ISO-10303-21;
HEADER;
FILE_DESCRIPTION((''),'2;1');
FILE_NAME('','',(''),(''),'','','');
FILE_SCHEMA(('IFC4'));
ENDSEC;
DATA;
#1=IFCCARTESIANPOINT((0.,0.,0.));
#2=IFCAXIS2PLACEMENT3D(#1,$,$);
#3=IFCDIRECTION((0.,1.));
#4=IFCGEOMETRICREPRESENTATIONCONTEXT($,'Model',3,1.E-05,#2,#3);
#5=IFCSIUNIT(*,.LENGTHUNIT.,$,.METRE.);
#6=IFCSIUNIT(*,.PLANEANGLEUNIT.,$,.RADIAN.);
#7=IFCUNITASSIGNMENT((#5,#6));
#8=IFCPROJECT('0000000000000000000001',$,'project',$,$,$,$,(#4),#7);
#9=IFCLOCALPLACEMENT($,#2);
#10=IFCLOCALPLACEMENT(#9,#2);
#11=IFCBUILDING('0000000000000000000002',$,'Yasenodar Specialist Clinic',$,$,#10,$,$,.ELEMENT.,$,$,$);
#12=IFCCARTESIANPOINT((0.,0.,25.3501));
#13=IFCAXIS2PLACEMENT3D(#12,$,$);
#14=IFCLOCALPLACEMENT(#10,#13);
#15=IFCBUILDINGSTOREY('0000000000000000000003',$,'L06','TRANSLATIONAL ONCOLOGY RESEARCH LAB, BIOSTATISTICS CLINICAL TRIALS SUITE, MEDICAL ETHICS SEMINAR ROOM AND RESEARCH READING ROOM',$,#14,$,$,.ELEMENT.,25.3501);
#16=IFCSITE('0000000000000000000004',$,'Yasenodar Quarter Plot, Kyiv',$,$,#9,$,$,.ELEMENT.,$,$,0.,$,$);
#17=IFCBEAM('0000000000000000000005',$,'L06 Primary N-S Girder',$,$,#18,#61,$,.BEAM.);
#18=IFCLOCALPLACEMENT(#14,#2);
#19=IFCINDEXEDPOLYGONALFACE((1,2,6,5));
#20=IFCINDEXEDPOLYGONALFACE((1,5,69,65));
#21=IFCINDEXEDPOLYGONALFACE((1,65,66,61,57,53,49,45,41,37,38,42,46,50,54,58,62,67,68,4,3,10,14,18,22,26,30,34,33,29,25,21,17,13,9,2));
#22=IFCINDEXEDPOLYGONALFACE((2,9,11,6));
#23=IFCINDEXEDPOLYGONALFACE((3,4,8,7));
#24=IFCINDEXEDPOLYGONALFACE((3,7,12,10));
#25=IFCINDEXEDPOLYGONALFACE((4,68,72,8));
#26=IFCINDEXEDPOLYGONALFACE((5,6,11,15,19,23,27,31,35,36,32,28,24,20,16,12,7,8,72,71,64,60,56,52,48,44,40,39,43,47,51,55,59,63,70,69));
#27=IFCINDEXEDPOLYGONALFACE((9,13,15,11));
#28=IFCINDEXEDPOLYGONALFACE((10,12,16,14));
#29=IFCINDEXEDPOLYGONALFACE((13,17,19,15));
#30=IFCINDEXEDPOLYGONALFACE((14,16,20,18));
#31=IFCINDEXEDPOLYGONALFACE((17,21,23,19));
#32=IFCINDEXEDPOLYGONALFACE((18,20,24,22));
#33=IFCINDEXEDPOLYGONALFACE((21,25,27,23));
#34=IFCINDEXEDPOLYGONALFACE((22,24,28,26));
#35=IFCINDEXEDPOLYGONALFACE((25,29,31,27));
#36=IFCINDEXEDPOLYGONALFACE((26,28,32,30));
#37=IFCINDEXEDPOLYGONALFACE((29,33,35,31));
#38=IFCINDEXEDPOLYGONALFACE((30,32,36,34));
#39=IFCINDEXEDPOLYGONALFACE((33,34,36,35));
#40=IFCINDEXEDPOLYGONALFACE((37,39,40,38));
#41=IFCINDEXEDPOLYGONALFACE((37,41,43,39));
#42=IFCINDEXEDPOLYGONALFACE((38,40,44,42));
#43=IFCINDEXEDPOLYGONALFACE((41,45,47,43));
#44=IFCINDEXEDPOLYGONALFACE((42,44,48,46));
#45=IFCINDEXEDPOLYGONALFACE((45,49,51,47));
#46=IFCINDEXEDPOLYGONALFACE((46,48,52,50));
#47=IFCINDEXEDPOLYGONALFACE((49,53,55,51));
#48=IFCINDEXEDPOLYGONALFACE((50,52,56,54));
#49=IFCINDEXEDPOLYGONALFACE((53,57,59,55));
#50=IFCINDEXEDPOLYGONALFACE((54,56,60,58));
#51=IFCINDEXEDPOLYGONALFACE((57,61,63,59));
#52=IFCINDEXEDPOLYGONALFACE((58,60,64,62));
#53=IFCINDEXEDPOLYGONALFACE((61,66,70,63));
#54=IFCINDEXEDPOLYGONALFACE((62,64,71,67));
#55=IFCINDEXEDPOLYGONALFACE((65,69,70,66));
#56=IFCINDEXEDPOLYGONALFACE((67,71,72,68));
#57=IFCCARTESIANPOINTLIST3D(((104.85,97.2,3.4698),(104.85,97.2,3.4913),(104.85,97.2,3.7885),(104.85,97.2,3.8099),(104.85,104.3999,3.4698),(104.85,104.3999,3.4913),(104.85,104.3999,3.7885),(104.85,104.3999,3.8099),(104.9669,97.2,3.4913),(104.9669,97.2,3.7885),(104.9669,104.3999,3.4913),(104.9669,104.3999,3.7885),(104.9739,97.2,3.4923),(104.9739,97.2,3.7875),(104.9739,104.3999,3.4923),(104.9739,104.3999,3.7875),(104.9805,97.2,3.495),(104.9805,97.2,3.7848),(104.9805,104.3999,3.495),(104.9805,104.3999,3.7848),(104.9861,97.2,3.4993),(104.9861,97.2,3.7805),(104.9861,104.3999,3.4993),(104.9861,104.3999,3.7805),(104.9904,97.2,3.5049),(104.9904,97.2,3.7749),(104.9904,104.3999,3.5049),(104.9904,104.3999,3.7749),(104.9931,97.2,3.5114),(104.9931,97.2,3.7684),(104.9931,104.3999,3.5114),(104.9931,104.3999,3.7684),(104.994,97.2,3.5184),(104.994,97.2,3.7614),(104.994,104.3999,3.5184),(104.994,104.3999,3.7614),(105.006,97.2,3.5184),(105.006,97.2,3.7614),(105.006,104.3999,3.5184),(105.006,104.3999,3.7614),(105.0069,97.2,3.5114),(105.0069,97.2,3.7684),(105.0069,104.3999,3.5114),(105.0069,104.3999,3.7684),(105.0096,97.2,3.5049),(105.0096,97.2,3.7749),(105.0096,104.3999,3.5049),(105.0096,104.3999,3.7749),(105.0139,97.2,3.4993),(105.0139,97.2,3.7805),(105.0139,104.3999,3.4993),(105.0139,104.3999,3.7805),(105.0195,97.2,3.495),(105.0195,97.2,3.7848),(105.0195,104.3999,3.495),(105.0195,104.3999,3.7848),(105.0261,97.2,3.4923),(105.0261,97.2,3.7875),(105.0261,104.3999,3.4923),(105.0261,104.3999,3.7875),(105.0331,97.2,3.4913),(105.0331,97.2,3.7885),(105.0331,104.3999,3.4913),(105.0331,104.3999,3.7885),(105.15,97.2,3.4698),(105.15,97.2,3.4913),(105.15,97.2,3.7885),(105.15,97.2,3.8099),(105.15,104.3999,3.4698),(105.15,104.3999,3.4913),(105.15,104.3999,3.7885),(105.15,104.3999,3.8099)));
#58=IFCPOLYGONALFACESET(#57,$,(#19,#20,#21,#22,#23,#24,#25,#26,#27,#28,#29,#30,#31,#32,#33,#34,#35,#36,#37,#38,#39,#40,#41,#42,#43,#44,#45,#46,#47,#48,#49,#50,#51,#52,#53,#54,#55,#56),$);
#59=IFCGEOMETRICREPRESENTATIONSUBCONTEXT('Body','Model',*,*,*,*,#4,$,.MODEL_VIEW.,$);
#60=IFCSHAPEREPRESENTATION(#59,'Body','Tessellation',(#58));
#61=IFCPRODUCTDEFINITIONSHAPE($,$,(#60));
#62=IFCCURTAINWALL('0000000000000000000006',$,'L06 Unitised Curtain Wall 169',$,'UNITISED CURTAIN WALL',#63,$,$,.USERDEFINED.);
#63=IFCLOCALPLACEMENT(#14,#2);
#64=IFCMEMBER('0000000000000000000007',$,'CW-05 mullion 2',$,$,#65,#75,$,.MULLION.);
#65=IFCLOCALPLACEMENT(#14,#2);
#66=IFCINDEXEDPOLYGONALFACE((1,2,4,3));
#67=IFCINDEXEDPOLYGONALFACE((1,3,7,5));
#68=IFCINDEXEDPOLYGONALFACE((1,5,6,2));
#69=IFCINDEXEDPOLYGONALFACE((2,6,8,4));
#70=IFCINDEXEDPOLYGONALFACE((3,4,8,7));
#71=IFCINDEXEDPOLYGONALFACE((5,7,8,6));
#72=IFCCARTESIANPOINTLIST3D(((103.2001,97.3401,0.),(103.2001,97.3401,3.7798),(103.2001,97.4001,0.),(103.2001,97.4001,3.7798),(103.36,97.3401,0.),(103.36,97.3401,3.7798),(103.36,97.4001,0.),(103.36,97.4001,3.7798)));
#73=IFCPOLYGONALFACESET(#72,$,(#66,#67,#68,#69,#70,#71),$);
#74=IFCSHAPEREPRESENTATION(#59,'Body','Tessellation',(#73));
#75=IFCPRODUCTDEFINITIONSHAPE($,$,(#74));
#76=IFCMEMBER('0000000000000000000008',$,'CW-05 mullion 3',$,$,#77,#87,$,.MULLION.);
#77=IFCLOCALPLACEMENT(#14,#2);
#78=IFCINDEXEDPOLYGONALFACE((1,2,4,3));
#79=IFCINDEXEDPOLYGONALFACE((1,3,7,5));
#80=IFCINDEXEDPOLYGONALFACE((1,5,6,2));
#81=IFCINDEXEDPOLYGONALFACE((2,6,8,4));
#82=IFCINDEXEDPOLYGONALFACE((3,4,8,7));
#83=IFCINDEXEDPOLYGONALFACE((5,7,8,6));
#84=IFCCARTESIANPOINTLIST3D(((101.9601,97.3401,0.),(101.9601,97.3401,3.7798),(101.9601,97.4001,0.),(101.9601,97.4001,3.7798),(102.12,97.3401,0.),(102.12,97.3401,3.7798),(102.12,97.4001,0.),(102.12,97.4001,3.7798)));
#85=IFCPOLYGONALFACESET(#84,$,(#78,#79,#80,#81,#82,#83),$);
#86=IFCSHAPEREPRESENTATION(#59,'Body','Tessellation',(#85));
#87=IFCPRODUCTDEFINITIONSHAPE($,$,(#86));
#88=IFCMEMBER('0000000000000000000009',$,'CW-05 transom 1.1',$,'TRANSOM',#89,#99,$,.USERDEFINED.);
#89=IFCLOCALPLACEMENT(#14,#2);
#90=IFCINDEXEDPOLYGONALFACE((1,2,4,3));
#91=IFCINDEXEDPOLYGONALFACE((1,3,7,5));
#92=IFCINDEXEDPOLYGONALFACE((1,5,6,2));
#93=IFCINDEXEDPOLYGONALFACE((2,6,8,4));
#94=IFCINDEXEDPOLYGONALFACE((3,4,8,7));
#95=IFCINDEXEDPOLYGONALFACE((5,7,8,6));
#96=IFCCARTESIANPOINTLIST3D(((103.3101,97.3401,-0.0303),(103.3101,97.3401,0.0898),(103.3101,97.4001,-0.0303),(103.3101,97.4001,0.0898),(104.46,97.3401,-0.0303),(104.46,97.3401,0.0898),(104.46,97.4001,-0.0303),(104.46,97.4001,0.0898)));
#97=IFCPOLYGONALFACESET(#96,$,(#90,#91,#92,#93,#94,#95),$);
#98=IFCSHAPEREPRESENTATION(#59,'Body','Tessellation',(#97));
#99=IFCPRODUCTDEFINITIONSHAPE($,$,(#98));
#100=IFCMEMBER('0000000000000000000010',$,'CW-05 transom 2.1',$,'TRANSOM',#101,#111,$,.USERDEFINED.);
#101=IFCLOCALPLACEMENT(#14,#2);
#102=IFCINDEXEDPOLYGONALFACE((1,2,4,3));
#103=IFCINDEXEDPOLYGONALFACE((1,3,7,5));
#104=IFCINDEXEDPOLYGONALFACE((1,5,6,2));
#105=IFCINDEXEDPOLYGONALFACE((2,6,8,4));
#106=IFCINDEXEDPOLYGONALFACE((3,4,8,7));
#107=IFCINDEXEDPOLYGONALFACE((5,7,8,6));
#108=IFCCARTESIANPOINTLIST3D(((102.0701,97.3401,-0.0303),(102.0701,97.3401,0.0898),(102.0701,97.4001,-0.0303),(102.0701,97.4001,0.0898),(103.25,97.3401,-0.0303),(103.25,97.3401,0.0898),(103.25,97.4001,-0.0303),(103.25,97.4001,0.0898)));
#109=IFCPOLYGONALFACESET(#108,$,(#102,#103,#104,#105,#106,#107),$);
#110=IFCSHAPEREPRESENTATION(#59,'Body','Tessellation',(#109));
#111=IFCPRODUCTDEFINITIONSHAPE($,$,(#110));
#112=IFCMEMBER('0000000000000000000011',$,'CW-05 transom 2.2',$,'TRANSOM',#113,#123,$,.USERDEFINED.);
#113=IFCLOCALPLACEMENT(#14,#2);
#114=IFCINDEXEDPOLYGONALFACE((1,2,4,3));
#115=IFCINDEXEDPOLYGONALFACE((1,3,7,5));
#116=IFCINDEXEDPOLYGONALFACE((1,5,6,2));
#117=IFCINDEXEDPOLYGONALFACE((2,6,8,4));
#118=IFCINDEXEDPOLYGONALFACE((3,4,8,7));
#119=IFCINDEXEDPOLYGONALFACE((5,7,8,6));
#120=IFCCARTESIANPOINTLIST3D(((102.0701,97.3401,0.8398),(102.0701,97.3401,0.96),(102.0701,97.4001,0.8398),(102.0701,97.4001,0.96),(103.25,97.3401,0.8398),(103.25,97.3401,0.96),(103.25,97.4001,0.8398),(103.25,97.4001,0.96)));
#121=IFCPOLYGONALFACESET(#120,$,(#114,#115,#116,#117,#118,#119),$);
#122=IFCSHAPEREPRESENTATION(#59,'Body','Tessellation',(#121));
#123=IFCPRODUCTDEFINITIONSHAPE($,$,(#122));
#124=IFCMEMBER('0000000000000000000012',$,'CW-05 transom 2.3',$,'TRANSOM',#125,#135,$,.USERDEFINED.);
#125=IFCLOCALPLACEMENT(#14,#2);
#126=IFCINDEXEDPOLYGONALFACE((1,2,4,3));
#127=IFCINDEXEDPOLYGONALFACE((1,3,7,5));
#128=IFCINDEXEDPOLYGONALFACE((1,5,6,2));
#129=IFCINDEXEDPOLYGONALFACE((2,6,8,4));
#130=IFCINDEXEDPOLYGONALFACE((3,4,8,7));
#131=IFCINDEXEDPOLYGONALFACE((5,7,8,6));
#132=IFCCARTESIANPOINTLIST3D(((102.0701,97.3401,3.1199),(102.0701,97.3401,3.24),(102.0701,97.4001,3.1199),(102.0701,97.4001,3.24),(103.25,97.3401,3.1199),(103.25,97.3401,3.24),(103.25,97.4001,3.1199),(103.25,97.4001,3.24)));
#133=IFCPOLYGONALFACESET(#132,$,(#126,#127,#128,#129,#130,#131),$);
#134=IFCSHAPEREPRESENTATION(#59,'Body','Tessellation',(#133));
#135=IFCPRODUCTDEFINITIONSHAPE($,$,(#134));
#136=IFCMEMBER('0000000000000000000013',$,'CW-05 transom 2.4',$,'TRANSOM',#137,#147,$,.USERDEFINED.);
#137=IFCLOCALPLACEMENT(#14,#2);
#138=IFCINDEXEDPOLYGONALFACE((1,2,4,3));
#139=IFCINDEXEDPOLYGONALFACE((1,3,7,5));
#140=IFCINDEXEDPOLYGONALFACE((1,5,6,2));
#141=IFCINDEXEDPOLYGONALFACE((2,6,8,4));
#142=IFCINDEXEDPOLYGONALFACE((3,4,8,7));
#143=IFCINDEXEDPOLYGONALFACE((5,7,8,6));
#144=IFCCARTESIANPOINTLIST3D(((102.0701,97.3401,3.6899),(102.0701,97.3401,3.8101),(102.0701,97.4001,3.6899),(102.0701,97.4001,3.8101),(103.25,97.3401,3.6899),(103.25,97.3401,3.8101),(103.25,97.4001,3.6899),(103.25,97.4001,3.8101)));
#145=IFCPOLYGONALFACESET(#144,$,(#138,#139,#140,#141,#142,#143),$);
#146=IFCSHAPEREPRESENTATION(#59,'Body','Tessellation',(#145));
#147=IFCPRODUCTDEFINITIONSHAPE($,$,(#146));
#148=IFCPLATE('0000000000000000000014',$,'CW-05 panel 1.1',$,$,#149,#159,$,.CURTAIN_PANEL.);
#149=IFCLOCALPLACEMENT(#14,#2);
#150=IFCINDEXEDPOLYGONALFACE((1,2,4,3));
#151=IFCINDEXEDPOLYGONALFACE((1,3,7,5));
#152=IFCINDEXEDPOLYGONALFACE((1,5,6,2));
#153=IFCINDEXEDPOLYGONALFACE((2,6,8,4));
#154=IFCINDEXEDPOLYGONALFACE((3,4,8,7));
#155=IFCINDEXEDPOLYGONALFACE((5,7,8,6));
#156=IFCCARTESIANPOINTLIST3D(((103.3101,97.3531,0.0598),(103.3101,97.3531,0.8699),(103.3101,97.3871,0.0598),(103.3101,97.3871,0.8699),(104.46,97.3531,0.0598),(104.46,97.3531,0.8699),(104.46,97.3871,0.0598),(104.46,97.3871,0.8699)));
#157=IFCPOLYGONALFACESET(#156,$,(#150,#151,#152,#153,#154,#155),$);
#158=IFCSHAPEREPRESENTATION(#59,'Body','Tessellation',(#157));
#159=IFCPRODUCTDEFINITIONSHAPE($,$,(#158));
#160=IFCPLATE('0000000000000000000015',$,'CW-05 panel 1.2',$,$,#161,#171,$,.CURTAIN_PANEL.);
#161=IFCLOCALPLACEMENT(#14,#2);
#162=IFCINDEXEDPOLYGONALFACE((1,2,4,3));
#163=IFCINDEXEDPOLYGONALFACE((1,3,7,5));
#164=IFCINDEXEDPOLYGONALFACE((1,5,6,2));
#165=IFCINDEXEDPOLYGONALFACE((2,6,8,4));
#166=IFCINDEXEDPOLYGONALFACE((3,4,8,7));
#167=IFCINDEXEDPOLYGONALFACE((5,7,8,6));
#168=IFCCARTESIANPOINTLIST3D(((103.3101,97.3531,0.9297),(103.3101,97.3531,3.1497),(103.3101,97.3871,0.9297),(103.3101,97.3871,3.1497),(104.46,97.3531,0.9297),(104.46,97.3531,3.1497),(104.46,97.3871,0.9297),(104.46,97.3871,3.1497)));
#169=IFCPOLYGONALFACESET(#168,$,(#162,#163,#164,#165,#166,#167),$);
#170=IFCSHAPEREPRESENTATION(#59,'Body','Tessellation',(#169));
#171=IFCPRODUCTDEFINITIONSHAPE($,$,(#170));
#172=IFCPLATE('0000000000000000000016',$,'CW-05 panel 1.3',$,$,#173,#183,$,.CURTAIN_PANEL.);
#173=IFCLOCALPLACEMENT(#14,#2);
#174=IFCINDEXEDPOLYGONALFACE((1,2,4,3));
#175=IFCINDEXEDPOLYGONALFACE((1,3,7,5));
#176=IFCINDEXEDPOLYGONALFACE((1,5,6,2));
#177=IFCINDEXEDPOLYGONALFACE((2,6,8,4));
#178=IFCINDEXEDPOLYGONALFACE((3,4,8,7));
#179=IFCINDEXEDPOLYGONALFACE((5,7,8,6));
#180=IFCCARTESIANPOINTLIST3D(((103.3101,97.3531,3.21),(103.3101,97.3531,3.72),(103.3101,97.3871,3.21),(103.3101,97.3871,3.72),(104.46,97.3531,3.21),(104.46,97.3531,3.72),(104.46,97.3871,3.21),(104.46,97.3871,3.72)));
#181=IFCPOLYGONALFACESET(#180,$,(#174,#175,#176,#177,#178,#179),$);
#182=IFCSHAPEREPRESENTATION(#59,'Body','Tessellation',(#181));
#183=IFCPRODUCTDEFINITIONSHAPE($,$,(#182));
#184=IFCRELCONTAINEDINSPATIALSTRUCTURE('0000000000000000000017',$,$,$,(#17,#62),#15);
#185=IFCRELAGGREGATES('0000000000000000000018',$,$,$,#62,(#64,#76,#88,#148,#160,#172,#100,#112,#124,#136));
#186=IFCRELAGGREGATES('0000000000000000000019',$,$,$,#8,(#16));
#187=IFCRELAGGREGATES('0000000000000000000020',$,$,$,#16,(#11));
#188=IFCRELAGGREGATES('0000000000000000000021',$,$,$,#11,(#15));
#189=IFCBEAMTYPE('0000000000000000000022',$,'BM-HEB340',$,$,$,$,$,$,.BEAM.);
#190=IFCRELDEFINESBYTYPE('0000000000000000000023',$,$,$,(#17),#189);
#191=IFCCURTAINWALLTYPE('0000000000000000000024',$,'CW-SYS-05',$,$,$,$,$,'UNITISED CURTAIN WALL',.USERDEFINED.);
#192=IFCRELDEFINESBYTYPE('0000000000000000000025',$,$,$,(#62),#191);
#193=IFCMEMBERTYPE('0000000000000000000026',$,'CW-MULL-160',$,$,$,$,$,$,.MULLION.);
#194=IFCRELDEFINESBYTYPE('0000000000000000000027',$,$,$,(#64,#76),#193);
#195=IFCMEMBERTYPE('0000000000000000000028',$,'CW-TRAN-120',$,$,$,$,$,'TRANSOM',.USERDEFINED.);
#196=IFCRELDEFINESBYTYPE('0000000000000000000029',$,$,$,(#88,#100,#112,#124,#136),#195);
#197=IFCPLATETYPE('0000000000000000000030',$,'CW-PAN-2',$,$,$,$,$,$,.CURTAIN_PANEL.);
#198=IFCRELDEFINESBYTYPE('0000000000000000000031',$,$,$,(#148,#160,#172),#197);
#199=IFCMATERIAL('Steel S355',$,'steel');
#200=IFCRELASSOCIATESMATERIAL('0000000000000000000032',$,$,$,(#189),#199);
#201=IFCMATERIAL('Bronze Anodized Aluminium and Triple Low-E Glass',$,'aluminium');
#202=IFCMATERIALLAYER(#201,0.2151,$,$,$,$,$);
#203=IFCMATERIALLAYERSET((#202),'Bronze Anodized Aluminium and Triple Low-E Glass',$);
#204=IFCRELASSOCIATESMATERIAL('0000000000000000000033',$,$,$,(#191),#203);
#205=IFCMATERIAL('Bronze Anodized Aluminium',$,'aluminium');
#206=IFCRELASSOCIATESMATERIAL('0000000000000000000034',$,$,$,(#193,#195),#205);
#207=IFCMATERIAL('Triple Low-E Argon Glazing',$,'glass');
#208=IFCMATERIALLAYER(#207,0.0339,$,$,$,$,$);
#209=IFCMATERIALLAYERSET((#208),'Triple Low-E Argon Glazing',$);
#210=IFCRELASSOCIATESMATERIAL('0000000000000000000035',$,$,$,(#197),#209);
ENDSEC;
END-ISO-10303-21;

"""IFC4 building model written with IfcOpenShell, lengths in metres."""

from ifc_helpers import new_model, si_unit, direction, frame, origin, origin_2d, place, context, subcontext, project, spatial, rectangle, i_section, extrude, material, layer, layer_set, material_profile, profile_set, type_object, element, aggregate, save


model = new_model("IFC4")

# Units and contexts
model_context = context("Model", 3, precision=1e-05, world=origin(), true_north=direction((0.0, 1.0)))
body_context = subcontext(model_context, "Body", "Model", "MODEL_VIEW")
ifc_project = project(units=[si_unit("LENGTHUNIT", "METRE"), si_unit("PLANEANGLEUNIT", "RADIAN")], contexts=[model_context])

# Site, building, storey
site_placement = place(None, origin())
site = spatial("IfcSite", under=ifc_project, at=site_placement, Name="Yasenodar Quarter Plot, Kyiv", CompositionType="ELEMENT", RefElevation=0.0)
building_placement = place(site_placement, origin())
building = spatial("IfcBuilding", under=site, at=building_placement, Name="Yasenodar Specialist Clinic", CompositionType="ELEMENT")
storey_placement = place(building_placement, frame((0.0, 0.0, 25.3501)))
storey = spatial("IfcBuildingStorey", under=building, at=storey_placement, Name="L06", Description="TRANSLATIONAL ONCOLOGY RESEARCH LAB, BIOSTATISTICS CLINICAL TRIALS SUITE, MEDICAL ETHICS SEMINAR ROOM AND RESEARCH READING ROOM", CompositionType="ELEMENT", Elevation=25.3501)

# Shared definitions
ifc_material_1 = material(Name="Steel S355", Category="steel")

# Beam
ifc_material_profile_1 = material_profile(ifc_material_1, i_section(OverallWidth=0.3, OverallDepth=0.3401, WebThickness=0.012, FlangeThickness=0.0215, FilletRadius=0.0271, at=origin_2d()), Name="HEB 340")
ifc_profile_set_1 = profile_set([ifc_material_profile_1], Name="Steel S355")
beam_type_1 = type_object("IfcBeamType", Name="BM-HEB340", PredefinedType="BEAM", material=ifc_profile_set_1)
beam_1_placement = place(storey_placement, frame((105.0, 97.2, 3.6399), z_axis=(0.0, 1.0, 0.0), x_axis=(-1.0, 0.0, 0.0)))
element("IfcBeam", 1, at=beam_1_placement, inside=storey, type_object=beam_type_1, Name="L06 Primary N-S Girder", PredefinedType="BEAM", context=body_context, shape_type="SweptSolid", body=[
    extrude(i_section(OverallWidth=0.3, OverallDepth=0.3401, WebThickness=0.012, FlangeThickness=0.0215, FilletRadius=0.0271, at=origin_2d()), origin(), (0.0, 0.0, 1.0), 7.2),
])

# Curtain wall, members, plates
ifc_material_2 = material(Name="Bronze Anodized Aluminium and Triple Low-E Glass", Category="aluminium")
ifc_layer_1 = layer(ifc_material_2, 0.2151)
ifc_layer_set_1 = layer_set([ifc_layer_1], Name="Bronze Anodized Aluminium and Triple Low-E Glass")
curtain_wall_type = type_object("IfcCurtainWallType", Name="CW-SYS-05", ElementType="UNITISED CURTAIN WALL", PredefinedType="USERDEFINED", material=ifc_layer_set_1)
curtain_wall_placement = place(storey_placement, origin())
curtain_wall = element("IfcCurtainWall", 2, at=curtain_wall_placement, inside=storey, type_object=curtain_wall_type, Name="L06 Unitised Curtain Wall 169", ObjectType="UNITISED CURTAIN WALL", PredefinedType="USERDEFINED")
ifc_material_3 = material(Name="Bronze Anodized Aluminium", Category="aluminium")
ifc_material_profile_2 = material_profile(ifc_material_3, rectangle(XDim=0.0601, YDim=0.1599, at=origin_2d()), Name="CW-MULL 60x160")
ifc_profile_set_2 = profile_set([ifc_material_profile_2], Name="Bronze Anodized Aluminium")
member_type_1 = type_object("IfcMemberType", Name="CW-MULL-160", PredefinedType="MULLION", material=ifc_profile_set_2)
member_1_placement = place(storey_placement, frame((103.28, 97.3701, 0.0), z_axis=(0.0, 0.0, 1.0), x_axis=(0.0, -1.0, 0.0)))
member_1 = element("IfcMember", 3, at=member_1_placement, type_object=member_type_1, Name="CW-05 mullion 2", PredefinedType="MULLION", context=body_context, shape_type="SweptSolid", body=[
    extrude(rectangle(XDim=0.0601, YDim=0.1599, at=origin_2d()), origin(), (0.0, 0.0, 1.0), 3.7798),
])
member_2_placement = place(storey_placement, frame((102.04, 97.3701, 0.0), z_axis=(0.0, 0.0, 1.0), x_axis=(0.0, -1.0, 0.0)))
member_2 = element("IfcMember", 4, at=member_2_placement, type_object=member_type_1, Name="CW-05 mullion 3", PredefinedType="MULLION", context=body_context, shape_type="SweptSolid", body=[
    extrude(rectangle(XDim=0.0601, YDim=0.1599, at=origin_2d()), origin(), (0.0, 0.0, 1.0), 3.7798),
])
ifc_material_profile_3 = material_profile(ifc_material_3, rectangle(XDim=0.0601, YDim=0.1201, at=origin_2d()), Name="CW-TRAN 60x120")
ifc_profile_set_3 = profile_set([ifc_material_profile_3], Name="Bronze Anodized Aluminium")
member_type_2 = type_object("IfcMemberType", Name="CW-TRAN-120", ElementType="TRANSOM", PredefinedType="USERDEFINED", material=ifc_profile_set_3)
member_3_placement = place(storey_placement, frame((104.46, 97.3701, 0.0298), z_axis=(-1.0, 0.0, 0.0), x_axis=(0.0, -1.0, 0.0)))
member_3 = element("IfcMember", 5, at=member_3_placement, type_object=member_type_2, Name="CW-05 transom 1.1", ObjectType="TRANSOM", PredefinedType="USERDEFINED", context=body_context, shape_type="SweptSolid", body=[
    extrude(rectangle(XDim=0.0601, YDim=0.1201, at=origin_2d()), origin(), (0.0, 0.0, 1.0), 1.1499),
])
member_4_placement = place(storey_placement, frame((103.25, 97.3701, 0.0298), z_axis=(-1.0, 0.0, 0.0), x_axis=(0.0, -1.0, 0.0)))
member_4 = element("IfcMember", 6, at=member_4_placement, type_object=member_type_2, Name="CW-05 transom 2.1", ObjectType="TRANSOM", PredefinedType="USERDEFINED", context=body_context, shape_type="SweptSolid", body=[
    extrude(rectangle(XDim=0.0601, YDim=0.1201, at=origin_2d()), origin(), (0.0, 0.0, 1.0), 1.1799),
])
member_5_placement = place(storey_placement, frame((103.25, 97.3701, 0.8999), z_axis=(-1.0, 0.0, 0.0), x_axis=(0.0, -1.0, 0.0)))
member_5 = element("IfcMember", 7, at=member_5_placement, type_object=member_type_2, Name="CW-05 transom 2.2", ObjectType="TRANSOM", PredefinedType="USERDEFINED", context=body_context, shape_type="SweptSolid", body=[
    extrude(rectangle(XDim=0.0601, YDim=0.1201, at=origin_2d()), origin(), (0.0, 0.0, 1.0), 1.1799),
])
member_6_placement = place(storey_placement, frame((103.25, 97.3701, 3.1799), z_axis=(-1.0, 0.0, 0.0), x_axis=(0.0, -1.0, 0.0)))
member_6 = element("IfcMember", 8, at=member_6_placement, type_object=member_type_2, Name="CW-05 transom 2.3", ObjectType="TRANSOM", PredefinedType="USERDEFINED", context=body_context, shape_type="SweptSolid", body=[
    extrude(rectangle(XDim=0.0601, YDim=0.1201, at=origin_2d()), origin(), (0.0, 0.0, 1.0), 1.1799),
])
member_7_placement = place(storey_placement, frame((103.25, 97.3701, 3.75), z_axis=(-1.0, 0.0, 0.0), x_axis=(0.0, -1.0, 0.0)))
member_7 = element("IfcMember", 9, at=member_7_placement, type_object=member_type_2, Name="CW-05 transom 2.4", ObjectType="TRANSOM", PredefinedType="USERDEFINED", context=body_context, shape_type="SweptSolid", body=[
    extrude(rectangle(XDim=0.0601, YDim=0.1201, at=origin_2d()), origin(), (0.0, 0.0, 1.0), 1.1799),
])
ifc_material_4 = material(Name="Triple Low-E Argon Glazing", Category="glass")
ifc_layer_2 = layer(ifc_material_4, 0.0339)
ifc_layer_set_2 = layer_set([ifc_layer_2], Name="Triple Low-E Argon Glazing")
plate_type = type_object("IfcPlateType", Name="CW-PAN-2", PredefinedType="CURTAIN_PANEL", material=ifc_layer_set_2)
plate_1_placement = place(storey_placement, frame((103.885, 97.3701, 0.0598), z_axis=(0.0, 0.0, 1.0), x_axis=(-1.0, 0.0, 0.0)))
plate_1 = element("IfcPlate", 10, at=plate_1_placement, type_object=plate_type, Name="CW-05 panel 1.1", PredefinedType="CURTAIN_PANEL", context=body_context, shape_type="SweptSolid", body=[
    extrude(rectangle(XDim=1.1499, YDim=0.0339, at=origin_2d()), origin(), (0.0, 0.0, 1.0), 0.8101),
])
plate_2_placement = place(storey_placement, frame((103.885, 97.3701, 0.9297), z_axis=(0.0, 0.0, 1.0), x_axis=(-1.0, 0.0, 0.0)))
plate_2 = element("IfcPlate", 11, at=plate_2_placement, type_object=plate_type, Name="CW-05 panel 1.2", PredefinedType="CURTAIN_PANEL", context=body_context, shape_type="SweptSolid", body=[
    extrude(rectangle(XDim=1.1499, YDim=0.0339, at=origin_2d()), origin(), (0.0, 0.0, 1.0), 2.22),
])
plate_3_placement = place(storey_placement, frame((103.885, 97.3701, 3.21), z_axis=(0.0, 0.0, 1.0), x_axis=(-1.0, 0.0, 0.0)))
plate_3 = element("IfcPlate", 12, at=plate_3_placement, type_object=plate_type, Name="CW-05 panel 1.3", PredefinedType="CURTAIN_PANEL", context=body_context, shape_type="SweptSolid", body=[
    extrude(rectangle(XDim=1.1499, YDim=0.0339, at=origin_2d()), origin(), (0.0, 0.0, 1.0), 0.51),
])
aggregate(curtain_wall, [member_1, member_2, member_3, plate_1, plate_2, plate_3, member_4, member_5, member_6, member_7])

save(model, "model.ifc")
